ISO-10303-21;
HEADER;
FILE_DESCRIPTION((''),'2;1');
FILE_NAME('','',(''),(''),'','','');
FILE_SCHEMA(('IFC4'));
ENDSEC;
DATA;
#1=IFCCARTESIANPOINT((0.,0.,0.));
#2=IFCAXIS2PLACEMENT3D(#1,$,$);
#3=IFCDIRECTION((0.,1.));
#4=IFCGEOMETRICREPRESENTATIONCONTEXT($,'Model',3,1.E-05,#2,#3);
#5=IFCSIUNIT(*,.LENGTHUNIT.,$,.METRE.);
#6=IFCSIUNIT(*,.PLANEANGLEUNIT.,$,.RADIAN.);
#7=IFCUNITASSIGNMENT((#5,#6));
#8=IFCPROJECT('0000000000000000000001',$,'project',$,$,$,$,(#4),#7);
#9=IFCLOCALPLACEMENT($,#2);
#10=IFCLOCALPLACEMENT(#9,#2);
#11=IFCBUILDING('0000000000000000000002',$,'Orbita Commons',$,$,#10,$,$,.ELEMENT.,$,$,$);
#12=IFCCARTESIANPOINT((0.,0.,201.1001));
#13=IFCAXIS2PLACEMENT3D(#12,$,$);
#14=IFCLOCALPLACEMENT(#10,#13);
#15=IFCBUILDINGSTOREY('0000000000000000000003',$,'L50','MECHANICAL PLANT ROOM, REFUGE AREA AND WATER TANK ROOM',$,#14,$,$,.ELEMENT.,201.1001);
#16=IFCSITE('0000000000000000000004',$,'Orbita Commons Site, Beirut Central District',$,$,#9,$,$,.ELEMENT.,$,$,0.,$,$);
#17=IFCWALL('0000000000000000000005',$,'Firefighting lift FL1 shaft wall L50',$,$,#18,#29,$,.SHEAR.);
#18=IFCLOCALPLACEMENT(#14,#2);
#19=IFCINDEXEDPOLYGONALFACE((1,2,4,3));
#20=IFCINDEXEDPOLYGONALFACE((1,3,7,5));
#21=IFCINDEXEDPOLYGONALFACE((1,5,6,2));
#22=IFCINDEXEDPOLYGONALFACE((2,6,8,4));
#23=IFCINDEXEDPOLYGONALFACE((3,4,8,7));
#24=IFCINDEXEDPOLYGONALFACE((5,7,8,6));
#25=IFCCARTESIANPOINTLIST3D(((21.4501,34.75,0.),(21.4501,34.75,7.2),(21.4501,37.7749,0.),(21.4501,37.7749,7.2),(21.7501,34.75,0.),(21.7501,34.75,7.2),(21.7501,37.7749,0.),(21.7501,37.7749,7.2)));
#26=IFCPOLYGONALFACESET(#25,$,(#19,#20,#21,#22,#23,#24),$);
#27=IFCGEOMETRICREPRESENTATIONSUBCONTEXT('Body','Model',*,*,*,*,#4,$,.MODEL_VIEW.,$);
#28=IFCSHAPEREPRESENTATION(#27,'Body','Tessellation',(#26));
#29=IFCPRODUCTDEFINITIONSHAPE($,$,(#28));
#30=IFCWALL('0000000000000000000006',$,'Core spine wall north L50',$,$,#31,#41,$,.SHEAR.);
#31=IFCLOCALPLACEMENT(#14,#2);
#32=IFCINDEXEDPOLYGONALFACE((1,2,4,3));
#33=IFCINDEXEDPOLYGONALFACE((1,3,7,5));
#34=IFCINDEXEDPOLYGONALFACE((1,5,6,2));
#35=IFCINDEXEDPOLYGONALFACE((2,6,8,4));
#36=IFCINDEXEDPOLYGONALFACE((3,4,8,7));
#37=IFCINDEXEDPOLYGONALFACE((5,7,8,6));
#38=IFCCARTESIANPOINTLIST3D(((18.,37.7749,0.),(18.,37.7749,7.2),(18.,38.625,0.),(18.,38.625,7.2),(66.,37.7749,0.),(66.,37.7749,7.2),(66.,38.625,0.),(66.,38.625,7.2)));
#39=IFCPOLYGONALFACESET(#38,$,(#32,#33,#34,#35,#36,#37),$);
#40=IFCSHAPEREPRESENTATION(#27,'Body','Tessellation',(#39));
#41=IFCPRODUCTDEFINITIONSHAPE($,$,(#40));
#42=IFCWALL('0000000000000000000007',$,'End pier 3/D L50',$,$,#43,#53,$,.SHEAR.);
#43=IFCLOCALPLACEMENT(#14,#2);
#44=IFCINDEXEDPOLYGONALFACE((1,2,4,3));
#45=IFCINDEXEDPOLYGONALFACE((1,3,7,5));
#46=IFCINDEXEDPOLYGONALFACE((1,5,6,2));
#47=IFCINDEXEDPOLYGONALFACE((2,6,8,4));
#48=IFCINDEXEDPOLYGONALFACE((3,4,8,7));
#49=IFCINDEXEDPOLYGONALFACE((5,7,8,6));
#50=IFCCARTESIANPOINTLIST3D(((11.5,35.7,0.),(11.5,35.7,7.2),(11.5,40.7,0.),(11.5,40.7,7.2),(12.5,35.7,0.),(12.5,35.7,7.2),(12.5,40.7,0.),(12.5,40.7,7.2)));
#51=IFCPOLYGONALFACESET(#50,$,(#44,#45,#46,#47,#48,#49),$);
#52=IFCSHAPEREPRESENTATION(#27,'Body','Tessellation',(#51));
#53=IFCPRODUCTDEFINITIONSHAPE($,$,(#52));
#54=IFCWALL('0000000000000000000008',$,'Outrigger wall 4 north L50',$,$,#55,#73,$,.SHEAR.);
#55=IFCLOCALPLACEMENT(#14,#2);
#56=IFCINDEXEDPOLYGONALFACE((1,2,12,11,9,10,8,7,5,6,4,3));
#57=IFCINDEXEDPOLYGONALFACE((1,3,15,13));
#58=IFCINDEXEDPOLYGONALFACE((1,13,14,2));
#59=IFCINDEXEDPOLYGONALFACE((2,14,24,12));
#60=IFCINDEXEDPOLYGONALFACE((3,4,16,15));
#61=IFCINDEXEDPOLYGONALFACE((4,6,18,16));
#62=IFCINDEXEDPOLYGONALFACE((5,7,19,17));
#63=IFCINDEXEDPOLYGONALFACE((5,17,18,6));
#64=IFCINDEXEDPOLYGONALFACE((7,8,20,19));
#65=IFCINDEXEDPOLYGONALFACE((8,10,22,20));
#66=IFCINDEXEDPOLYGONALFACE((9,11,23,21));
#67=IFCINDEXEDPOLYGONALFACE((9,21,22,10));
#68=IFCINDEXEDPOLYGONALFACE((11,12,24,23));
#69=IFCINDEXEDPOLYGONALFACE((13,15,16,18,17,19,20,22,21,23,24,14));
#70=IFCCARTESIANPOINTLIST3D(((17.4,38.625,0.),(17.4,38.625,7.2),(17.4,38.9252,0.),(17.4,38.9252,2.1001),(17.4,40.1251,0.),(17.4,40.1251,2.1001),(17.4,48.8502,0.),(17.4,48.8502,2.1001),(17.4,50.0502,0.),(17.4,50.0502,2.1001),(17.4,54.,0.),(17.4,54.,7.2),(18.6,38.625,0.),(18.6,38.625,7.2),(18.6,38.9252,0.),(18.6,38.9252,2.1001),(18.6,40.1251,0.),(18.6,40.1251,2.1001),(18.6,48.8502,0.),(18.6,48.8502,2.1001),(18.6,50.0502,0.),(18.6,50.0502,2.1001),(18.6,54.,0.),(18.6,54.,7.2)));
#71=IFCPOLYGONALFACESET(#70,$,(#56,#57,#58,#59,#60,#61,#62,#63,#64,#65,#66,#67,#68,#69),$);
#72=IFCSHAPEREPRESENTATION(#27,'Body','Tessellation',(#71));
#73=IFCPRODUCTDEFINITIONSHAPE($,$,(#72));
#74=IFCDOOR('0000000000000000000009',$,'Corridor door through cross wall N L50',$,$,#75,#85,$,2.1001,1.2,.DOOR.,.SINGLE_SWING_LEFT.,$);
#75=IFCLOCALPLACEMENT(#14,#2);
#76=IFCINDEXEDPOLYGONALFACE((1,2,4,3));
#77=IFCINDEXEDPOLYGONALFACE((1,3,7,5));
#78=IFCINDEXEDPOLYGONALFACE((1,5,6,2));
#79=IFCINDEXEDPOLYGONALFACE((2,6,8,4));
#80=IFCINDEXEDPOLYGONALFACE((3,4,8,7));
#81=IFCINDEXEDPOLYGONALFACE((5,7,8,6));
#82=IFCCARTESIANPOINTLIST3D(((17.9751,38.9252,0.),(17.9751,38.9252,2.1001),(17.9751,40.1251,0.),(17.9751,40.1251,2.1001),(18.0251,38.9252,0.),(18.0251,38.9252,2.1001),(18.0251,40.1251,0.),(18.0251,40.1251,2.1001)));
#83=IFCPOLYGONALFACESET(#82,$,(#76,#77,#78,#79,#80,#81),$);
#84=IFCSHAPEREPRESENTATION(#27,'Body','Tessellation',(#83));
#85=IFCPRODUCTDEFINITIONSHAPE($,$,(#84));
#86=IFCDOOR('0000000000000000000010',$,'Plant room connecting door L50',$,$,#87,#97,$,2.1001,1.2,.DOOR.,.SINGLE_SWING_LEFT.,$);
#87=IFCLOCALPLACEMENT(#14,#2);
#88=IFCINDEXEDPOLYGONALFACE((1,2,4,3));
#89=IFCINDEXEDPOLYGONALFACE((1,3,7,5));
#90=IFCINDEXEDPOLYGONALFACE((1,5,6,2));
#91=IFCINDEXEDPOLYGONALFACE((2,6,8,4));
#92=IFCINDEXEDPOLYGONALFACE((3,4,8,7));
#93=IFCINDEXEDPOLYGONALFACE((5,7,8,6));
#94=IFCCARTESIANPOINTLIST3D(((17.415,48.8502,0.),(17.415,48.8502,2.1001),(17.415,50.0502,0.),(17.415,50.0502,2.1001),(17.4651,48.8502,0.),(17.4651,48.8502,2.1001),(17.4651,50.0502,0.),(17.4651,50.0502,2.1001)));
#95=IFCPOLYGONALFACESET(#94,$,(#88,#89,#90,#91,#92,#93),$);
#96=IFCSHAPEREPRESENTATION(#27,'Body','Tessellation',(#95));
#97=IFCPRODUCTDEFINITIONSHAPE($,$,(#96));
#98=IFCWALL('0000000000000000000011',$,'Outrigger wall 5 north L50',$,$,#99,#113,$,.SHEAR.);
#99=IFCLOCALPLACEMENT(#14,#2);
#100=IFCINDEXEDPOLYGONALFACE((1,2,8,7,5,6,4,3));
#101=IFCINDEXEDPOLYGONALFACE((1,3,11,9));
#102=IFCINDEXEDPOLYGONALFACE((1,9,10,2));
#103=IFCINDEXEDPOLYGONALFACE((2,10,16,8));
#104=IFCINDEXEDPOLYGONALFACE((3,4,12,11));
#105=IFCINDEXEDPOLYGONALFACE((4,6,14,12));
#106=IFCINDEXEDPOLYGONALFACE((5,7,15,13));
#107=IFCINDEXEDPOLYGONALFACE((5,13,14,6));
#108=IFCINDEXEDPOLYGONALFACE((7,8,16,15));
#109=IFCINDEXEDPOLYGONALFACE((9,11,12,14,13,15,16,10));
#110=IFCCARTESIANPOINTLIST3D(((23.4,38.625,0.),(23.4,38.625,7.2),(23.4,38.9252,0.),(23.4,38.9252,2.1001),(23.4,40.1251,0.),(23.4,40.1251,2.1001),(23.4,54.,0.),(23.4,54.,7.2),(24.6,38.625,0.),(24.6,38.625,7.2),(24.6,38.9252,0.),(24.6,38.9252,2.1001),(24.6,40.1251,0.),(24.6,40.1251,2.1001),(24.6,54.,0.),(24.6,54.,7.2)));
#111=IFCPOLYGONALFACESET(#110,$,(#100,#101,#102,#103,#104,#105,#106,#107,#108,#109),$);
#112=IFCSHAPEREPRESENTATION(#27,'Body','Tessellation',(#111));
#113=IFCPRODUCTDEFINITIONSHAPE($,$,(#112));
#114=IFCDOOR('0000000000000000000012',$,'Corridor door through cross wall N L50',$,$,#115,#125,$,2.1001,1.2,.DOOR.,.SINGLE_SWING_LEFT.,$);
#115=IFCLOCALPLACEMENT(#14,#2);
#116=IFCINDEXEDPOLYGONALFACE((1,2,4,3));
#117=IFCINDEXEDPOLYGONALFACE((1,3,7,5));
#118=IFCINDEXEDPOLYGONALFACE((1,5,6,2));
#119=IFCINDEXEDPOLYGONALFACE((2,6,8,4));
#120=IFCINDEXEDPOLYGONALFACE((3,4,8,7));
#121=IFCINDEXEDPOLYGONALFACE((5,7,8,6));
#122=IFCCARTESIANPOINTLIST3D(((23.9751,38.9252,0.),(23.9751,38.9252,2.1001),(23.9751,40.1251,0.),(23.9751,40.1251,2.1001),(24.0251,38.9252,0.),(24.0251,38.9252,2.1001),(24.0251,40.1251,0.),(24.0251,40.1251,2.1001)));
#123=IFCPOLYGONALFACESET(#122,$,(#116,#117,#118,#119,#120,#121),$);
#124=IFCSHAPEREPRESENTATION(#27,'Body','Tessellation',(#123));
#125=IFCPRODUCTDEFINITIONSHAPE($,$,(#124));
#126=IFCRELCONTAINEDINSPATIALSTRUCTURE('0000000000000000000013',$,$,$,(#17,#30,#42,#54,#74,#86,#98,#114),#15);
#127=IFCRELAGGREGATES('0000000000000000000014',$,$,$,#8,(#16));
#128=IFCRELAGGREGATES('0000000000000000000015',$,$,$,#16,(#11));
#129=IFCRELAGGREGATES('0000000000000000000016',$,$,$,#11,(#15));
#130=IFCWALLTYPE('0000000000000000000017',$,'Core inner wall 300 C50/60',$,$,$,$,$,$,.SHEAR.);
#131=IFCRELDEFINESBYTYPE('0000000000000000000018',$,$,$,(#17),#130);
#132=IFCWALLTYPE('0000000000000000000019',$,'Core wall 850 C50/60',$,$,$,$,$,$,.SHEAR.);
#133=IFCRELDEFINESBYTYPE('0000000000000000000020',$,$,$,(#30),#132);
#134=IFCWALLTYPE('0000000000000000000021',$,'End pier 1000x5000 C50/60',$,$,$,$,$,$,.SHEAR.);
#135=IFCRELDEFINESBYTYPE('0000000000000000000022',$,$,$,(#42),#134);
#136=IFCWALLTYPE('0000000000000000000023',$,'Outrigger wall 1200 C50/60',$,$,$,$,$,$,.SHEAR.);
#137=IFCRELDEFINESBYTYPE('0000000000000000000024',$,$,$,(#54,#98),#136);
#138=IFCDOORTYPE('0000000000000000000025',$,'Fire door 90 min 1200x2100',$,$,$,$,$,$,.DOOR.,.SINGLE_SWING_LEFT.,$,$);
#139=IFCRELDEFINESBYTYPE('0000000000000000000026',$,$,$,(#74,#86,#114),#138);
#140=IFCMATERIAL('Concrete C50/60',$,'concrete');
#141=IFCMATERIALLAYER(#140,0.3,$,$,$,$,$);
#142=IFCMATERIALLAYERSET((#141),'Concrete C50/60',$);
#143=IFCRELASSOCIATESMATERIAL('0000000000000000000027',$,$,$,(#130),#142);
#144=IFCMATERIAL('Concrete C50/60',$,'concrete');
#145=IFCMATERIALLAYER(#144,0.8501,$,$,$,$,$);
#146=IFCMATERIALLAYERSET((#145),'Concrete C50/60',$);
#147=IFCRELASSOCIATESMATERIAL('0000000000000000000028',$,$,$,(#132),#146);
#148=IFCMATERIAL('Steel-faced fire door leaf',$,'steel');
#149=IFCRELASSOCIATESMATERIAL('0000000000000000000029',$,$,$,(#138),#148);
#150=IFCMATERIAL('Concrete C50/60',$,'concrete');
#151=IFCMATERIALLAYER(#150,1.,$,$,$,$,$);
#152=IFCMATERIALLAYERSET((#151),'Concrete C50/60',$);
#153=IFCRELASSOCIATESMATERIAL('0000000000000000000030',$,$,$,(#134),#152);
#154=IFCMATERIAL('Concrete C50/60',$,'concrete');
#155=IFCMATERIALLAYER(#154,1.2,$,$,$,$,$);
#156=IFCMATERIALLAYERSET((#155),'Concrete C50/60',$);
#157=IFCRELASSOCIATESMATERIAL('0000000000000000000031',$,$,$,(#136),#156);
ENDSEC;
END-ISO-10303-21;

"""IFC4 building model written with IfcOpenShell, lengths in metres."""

from ifc_helpers import new_model, si_unit, direction, frame, frame_2d, origin, place, context, subcontext, project, spatial, rectangle, extrude, material, layer, layer_set, type_object, element, fill, save


model = new_model("IFC4")

# Units and contexts
model_context = context("Model", 3, precision=1e-05, world=origin(), true_north=direction((0.0, 1.0)))
body_context = subcontext(model_context, "Body", "Model", "MODEL_VIEW")
ifc_project = project(units=[si_unit("LENGTHUNIT", "METRE"), si_unit("PLANEANGLEUNIT", "RADIAN")], contexts=[model_context])

# Site, building, storey
site_placement = place(None, origin())
site = spatial("IfcSite", under=ifc_project, at=site_placement, Name="Orbita Commons Site, Beirut Central District", CompositionType="ELEMENT", RefElevation=0.0)
building_placement = place(site_placement, origin())
building = spatial("IfcBuilding", under=site, at=building_placement, Name="Orbita Commons", CompositionType="ELEMENT")
storey_placement = place(building_placement, frame((0.0, 0.0, 201.1001)))
storey = spatial("IfcBuildingStorey", under=building, at=storey_placement, Name="L50", Description="MECHANICAL PLANT ROOM, REFUGE AREA AND WATER TANK ROOM", CompositionType="ELEMENT", Elevation=201.1001)

# Walls
ifc_material_1 = material(Name="Concrete C50/60", Category="concrete")
ifc_layer_1 = layer(ifc_material_1, 0.3)
ifc_layer_set_1 = layer_set([ifc_layer_1], Name="Concrete C50/60")
wall_type_1 = type_object("IfcWallType", Name="Core inner wall 300 C50/60", PredefinedType="SHEAR", material=ifc_layer_set_1)
wall_1_placement = place(storey_placement, frame((21.6001, 34.75, 0.0), z_axis=(0.0, 0.0, 1.0), x_axis=(0.0, 1.0, 0.0)))
element("IfcWall", 1, at=wall_1_placement, inside=storey, type_object=wall_type_1, Name="Firefighting lift FL1 shaft wall L50", PredefinedType="SHEAR", context=body_context, shape_type="SweptSolid", body=[
    extrude(rectangle(XDim=3.0249, YDim=0.3, at=frame_2d((1.5125, 0.0))), origin(), (0.0, 0.0, 1.0), 7.2),
])
ifc_material_2 = material(Name="Concrete C50/60", Category="concrete")
ifc_layer_2 = layer(ifc_material_2, 0.8501)
ifc_layer_set_2 = layer_set([ifc_layer_2], Name="Concrete C50/60")
wall_type_2 = type_object("IfcWallType", Name="Core wall 850 C50/60", PredefinedType="SHEAR", material=ifc_layer_set_2)
wall_2_placement = place(storey_placement, frame((18.0, 38.2, 0.0), z_axis=(0.0, 0.0, 1.0), x_axis=(1.0, 0.0, 0.0)))
element("IfcWall", 2, at=wall_2_placement, inside=storey, type_object=wall_type_2, Name="Core spine wall north L50", PredefinedType="SHEAR", context=body_context, shape_type="SweptSolid", body=[
    extrude(rectangle(XDim=48.0, YDim=0.8501, at=frame_2d((24.0, 0.0))), origin(), (0.0, 0.0, 1.0), 7.2),
])

# Shared definitions
ifc_material_3 = material(Name="Steel-faced fire door leaf", Category="steel")
door_type_1 = type_object("IfcDoorType", Name="Fire door 90 min 1200x2100", OperationType="SINGLE_SWING_LEFT", PredefinedType="DOOR", material=ifc_material_3)

# Wall
ifc_material_4 = material(Name="Concrete C50/60", Category="concrete")
ifc_layer_3 = layer(ifc_material_4, 1.0)
ifc_layer_set_3 = layer_set([ifc_layer_3], Name="Concrete C50/60")
wall_type_3 = type_object("IfcWallType", Name="End pier 1000x5000 C50/60", PredefinedType="SHEAR", material=ifc_layer_set_3)
wall_3_placement = place(storey_placement, frame((12.0, 35.7, 0.0), z_axis=(0.0, 0.0, 1.0), x_axis=(0.0, 1.0, 0.0)))
element("IfcWall", 3, at=wall_3_placement, inside=storey, type_object=wall_type_3, Name="End pier 3/D L50", PredefinedType="SHEAR", context=body_context, shape_type="SweptSolid", body=[
    extrude(rectangle(XDim=5.0, YDim=1.0, at=frame_2d((2.5, 0.0))), origin(), (0.0, 0.0, 1.0), 7.2),
])

# Wall, openings, doors
ifc_material_5 = material(Name="Concrete C50/60", Category="concrete")
ifc_layer_4 = layer(ifc_material_5, 1.2)
ifc_layer_set_4 = layer_set([ifc_layer_4], Name="Concrete C50/60")
wall_type_4 = type_object("IfcWallType", Name="Outrigger wall 1200 C50/60", PredefinedType="SHEAR", material=ifc_layer_set_4)
wall_4_placement = place(storey_placement, frame((18.0, 38.625, 0.0), z_axis=(0.0, 0.0, 1.0), x_axis=(0.0, 1.0, 0.0)))
wall_4 = element("IfcWall", 4, at=wall_4_placement, inside=storey, type_object=wall_type_4, Name="Outrigger wall 4 north L50", PredefinedType="SHEAR", context=body_context, shape_type="SweptSolid", body=[
    extrude(rectangle(XDim=15.375, YDim=1.2, at=frame_2d((7.6875, 0.0))), origin(), (0.0, 0.0, 1.0), 7.2),
])
opening_1_placement = place(wall_4_placement, frame((0.3, 0.0, 0.0)))
opening_1 = element("IfcOpeningElement", 5, at=opening_1_placement, cuts=wall_4, PredefinedType="OPENING", context=body_context, shape_type="SweptSolid", body=[
    extrude(rectangle(XDim=1.2, YDim=2.1001, at=frame_2d((0.6001, 1.05))), frame((0.0, 0.6099, 0.0), z_axis=(0.0, -1.0, 0.0), x_axis=(1.0, 0.0, 0.0)), (0.0, 0.0, 1.0), 1.22),
])
opening_2_placement = place(wall_4_placement, frame((10.2251, 0.0, 0.0)))
opening_2 = element("IfcOpeningElement", 6, at=opening_2_placement, cuts=wall_4, PredefinedType="OPENING", context=body_context, shape_type="SweptSolid", body=[
    extrude(rectangle(XDim=1.2, YDim=2.1001, at=frame_2d((0.6001, 1.05))), frame((0.0, 0.6099, 0.0), z_axis=(0.0, -1.0, 0.0), x_axis=(1.0, 0.0, 0.0)), (0.0, 0.0, 1.0), 1.22),
])
door_1_placement = place(opening_1_placement, origin())
door_1 = element("IfcDoor", 7, at=door_1_placement, inside=storey, type_object=door_type_1, Name="Corridor door through cross wall N L50", OperationType="SINGLE_SWING_LEFT", OverallHeight=2.1001, OverallWidth=1.2, PredefinedType="DOOR", context=body_context, shape_type="SweptSolid", body=[
    extrude(rectangle(XDim=1.2, YDim=2.1001, at=frame_2d((0.6001, 1.05))), frame((0.0, 0.0249, 0.0), z_axis=(0.0, -1.0, 0.0), x_axis=(1.0, 0.0, 0.0)), (0.0, 0.0, 1.0), 0.05),
])
fill(opening_1, door_1)
door_2_placement = place(opening_2_placement, origin())
door_2 = element("IfcDoor", 8, at=door_2_placement, inside=storey, type_object=door_type_1, Name="Plant room connecting door L50", OperationType="SINGLE_SWING_LEFT", OverallHeight=2.1001, OverallWidth=1.2, PredefinedType="DOOR", context=body_context, shape_type="SweptSolid", body=[
    extrude(rectangle(XDim=1.2, YDim=2.1001, at=frame_2d((0.6001, 1.05))), frame((0.0, 0.585, 0.0), z_axis=(0.0, -1.0, 0.0), x_axis=(1.0, 0.0, 0.0)), (0.0, 0.0, 1.0), 0.05),
])
fill(opening_2, door_2)

# Wall, opening, door
wall_5_placement = place(storey_placement, frame((24.0, 38.625, 0.0), z_axis=(0.0, 0.0, 1.0), x_axis=(0.0, 1.0, 0.0)))
wall_5 = element("IfcWall", 9, at=wall_5_placement, inside=storey, type_object=wall_type_4, Name="Outrigger wall 5 north L50", PredefinedType="SHEAR", context=body_context, shape_type="SweptSolid", body=[
    extrude(rectangle(XDim=15.375, YDim=1.2, at=frame_2d((7.6875, 0.0))), origin(), (0.0, 0.0, 1.0), 7.2),
])
opening_3_placement = place(wall_5_placement, frame((0.3, 0.0, 0.0)))
opening_3 = element("IfcOpeningElement", 10, at=opening_3_placement, cuts=wall_5, PredefinedType="OPENING", context=body_context, shape_type="SweptSolid", body=[
    extrude(rectangle(XDim=1.2, YDim=2.1001, at=frame_2d((0.6001, 1.05))), frame((0.0, 0.6099, 0.0), z_axis=(0.0, -1.0, 0.0), x_axis=(1.0, 0.0, 0.0)), (0.0, 0.0, 1.0), 1.22),
])
door_3_placement = place(opening_3_placement, origin())
door_3 = element("IfcDoor", 11, at=door_3_placement, inside=storey, type_object=door_type_1, Name="Corridor door through cross wall N L50", OperationType="SINGLE_SWING_LEFT", OverallHeight=2.1001, OverallWidth=1.2, PredefinedType="DOOR", context=body_context, shape_type="SweptSolid", body=[
    extrude(rectangle(XDim=1.2, YDim=2.1001, at=frame_2d((0.6001, 1.05))), frame((0.0, 0.0249, 0.0), z_axis=(0.0, -1.0, 0.0), x_axis=(1.0, 0.0, 0.0)), (0.0, 0.0, 1.0), 0.05),
])
fill(opening_3, door_3)

save(model, "model.ifc")
